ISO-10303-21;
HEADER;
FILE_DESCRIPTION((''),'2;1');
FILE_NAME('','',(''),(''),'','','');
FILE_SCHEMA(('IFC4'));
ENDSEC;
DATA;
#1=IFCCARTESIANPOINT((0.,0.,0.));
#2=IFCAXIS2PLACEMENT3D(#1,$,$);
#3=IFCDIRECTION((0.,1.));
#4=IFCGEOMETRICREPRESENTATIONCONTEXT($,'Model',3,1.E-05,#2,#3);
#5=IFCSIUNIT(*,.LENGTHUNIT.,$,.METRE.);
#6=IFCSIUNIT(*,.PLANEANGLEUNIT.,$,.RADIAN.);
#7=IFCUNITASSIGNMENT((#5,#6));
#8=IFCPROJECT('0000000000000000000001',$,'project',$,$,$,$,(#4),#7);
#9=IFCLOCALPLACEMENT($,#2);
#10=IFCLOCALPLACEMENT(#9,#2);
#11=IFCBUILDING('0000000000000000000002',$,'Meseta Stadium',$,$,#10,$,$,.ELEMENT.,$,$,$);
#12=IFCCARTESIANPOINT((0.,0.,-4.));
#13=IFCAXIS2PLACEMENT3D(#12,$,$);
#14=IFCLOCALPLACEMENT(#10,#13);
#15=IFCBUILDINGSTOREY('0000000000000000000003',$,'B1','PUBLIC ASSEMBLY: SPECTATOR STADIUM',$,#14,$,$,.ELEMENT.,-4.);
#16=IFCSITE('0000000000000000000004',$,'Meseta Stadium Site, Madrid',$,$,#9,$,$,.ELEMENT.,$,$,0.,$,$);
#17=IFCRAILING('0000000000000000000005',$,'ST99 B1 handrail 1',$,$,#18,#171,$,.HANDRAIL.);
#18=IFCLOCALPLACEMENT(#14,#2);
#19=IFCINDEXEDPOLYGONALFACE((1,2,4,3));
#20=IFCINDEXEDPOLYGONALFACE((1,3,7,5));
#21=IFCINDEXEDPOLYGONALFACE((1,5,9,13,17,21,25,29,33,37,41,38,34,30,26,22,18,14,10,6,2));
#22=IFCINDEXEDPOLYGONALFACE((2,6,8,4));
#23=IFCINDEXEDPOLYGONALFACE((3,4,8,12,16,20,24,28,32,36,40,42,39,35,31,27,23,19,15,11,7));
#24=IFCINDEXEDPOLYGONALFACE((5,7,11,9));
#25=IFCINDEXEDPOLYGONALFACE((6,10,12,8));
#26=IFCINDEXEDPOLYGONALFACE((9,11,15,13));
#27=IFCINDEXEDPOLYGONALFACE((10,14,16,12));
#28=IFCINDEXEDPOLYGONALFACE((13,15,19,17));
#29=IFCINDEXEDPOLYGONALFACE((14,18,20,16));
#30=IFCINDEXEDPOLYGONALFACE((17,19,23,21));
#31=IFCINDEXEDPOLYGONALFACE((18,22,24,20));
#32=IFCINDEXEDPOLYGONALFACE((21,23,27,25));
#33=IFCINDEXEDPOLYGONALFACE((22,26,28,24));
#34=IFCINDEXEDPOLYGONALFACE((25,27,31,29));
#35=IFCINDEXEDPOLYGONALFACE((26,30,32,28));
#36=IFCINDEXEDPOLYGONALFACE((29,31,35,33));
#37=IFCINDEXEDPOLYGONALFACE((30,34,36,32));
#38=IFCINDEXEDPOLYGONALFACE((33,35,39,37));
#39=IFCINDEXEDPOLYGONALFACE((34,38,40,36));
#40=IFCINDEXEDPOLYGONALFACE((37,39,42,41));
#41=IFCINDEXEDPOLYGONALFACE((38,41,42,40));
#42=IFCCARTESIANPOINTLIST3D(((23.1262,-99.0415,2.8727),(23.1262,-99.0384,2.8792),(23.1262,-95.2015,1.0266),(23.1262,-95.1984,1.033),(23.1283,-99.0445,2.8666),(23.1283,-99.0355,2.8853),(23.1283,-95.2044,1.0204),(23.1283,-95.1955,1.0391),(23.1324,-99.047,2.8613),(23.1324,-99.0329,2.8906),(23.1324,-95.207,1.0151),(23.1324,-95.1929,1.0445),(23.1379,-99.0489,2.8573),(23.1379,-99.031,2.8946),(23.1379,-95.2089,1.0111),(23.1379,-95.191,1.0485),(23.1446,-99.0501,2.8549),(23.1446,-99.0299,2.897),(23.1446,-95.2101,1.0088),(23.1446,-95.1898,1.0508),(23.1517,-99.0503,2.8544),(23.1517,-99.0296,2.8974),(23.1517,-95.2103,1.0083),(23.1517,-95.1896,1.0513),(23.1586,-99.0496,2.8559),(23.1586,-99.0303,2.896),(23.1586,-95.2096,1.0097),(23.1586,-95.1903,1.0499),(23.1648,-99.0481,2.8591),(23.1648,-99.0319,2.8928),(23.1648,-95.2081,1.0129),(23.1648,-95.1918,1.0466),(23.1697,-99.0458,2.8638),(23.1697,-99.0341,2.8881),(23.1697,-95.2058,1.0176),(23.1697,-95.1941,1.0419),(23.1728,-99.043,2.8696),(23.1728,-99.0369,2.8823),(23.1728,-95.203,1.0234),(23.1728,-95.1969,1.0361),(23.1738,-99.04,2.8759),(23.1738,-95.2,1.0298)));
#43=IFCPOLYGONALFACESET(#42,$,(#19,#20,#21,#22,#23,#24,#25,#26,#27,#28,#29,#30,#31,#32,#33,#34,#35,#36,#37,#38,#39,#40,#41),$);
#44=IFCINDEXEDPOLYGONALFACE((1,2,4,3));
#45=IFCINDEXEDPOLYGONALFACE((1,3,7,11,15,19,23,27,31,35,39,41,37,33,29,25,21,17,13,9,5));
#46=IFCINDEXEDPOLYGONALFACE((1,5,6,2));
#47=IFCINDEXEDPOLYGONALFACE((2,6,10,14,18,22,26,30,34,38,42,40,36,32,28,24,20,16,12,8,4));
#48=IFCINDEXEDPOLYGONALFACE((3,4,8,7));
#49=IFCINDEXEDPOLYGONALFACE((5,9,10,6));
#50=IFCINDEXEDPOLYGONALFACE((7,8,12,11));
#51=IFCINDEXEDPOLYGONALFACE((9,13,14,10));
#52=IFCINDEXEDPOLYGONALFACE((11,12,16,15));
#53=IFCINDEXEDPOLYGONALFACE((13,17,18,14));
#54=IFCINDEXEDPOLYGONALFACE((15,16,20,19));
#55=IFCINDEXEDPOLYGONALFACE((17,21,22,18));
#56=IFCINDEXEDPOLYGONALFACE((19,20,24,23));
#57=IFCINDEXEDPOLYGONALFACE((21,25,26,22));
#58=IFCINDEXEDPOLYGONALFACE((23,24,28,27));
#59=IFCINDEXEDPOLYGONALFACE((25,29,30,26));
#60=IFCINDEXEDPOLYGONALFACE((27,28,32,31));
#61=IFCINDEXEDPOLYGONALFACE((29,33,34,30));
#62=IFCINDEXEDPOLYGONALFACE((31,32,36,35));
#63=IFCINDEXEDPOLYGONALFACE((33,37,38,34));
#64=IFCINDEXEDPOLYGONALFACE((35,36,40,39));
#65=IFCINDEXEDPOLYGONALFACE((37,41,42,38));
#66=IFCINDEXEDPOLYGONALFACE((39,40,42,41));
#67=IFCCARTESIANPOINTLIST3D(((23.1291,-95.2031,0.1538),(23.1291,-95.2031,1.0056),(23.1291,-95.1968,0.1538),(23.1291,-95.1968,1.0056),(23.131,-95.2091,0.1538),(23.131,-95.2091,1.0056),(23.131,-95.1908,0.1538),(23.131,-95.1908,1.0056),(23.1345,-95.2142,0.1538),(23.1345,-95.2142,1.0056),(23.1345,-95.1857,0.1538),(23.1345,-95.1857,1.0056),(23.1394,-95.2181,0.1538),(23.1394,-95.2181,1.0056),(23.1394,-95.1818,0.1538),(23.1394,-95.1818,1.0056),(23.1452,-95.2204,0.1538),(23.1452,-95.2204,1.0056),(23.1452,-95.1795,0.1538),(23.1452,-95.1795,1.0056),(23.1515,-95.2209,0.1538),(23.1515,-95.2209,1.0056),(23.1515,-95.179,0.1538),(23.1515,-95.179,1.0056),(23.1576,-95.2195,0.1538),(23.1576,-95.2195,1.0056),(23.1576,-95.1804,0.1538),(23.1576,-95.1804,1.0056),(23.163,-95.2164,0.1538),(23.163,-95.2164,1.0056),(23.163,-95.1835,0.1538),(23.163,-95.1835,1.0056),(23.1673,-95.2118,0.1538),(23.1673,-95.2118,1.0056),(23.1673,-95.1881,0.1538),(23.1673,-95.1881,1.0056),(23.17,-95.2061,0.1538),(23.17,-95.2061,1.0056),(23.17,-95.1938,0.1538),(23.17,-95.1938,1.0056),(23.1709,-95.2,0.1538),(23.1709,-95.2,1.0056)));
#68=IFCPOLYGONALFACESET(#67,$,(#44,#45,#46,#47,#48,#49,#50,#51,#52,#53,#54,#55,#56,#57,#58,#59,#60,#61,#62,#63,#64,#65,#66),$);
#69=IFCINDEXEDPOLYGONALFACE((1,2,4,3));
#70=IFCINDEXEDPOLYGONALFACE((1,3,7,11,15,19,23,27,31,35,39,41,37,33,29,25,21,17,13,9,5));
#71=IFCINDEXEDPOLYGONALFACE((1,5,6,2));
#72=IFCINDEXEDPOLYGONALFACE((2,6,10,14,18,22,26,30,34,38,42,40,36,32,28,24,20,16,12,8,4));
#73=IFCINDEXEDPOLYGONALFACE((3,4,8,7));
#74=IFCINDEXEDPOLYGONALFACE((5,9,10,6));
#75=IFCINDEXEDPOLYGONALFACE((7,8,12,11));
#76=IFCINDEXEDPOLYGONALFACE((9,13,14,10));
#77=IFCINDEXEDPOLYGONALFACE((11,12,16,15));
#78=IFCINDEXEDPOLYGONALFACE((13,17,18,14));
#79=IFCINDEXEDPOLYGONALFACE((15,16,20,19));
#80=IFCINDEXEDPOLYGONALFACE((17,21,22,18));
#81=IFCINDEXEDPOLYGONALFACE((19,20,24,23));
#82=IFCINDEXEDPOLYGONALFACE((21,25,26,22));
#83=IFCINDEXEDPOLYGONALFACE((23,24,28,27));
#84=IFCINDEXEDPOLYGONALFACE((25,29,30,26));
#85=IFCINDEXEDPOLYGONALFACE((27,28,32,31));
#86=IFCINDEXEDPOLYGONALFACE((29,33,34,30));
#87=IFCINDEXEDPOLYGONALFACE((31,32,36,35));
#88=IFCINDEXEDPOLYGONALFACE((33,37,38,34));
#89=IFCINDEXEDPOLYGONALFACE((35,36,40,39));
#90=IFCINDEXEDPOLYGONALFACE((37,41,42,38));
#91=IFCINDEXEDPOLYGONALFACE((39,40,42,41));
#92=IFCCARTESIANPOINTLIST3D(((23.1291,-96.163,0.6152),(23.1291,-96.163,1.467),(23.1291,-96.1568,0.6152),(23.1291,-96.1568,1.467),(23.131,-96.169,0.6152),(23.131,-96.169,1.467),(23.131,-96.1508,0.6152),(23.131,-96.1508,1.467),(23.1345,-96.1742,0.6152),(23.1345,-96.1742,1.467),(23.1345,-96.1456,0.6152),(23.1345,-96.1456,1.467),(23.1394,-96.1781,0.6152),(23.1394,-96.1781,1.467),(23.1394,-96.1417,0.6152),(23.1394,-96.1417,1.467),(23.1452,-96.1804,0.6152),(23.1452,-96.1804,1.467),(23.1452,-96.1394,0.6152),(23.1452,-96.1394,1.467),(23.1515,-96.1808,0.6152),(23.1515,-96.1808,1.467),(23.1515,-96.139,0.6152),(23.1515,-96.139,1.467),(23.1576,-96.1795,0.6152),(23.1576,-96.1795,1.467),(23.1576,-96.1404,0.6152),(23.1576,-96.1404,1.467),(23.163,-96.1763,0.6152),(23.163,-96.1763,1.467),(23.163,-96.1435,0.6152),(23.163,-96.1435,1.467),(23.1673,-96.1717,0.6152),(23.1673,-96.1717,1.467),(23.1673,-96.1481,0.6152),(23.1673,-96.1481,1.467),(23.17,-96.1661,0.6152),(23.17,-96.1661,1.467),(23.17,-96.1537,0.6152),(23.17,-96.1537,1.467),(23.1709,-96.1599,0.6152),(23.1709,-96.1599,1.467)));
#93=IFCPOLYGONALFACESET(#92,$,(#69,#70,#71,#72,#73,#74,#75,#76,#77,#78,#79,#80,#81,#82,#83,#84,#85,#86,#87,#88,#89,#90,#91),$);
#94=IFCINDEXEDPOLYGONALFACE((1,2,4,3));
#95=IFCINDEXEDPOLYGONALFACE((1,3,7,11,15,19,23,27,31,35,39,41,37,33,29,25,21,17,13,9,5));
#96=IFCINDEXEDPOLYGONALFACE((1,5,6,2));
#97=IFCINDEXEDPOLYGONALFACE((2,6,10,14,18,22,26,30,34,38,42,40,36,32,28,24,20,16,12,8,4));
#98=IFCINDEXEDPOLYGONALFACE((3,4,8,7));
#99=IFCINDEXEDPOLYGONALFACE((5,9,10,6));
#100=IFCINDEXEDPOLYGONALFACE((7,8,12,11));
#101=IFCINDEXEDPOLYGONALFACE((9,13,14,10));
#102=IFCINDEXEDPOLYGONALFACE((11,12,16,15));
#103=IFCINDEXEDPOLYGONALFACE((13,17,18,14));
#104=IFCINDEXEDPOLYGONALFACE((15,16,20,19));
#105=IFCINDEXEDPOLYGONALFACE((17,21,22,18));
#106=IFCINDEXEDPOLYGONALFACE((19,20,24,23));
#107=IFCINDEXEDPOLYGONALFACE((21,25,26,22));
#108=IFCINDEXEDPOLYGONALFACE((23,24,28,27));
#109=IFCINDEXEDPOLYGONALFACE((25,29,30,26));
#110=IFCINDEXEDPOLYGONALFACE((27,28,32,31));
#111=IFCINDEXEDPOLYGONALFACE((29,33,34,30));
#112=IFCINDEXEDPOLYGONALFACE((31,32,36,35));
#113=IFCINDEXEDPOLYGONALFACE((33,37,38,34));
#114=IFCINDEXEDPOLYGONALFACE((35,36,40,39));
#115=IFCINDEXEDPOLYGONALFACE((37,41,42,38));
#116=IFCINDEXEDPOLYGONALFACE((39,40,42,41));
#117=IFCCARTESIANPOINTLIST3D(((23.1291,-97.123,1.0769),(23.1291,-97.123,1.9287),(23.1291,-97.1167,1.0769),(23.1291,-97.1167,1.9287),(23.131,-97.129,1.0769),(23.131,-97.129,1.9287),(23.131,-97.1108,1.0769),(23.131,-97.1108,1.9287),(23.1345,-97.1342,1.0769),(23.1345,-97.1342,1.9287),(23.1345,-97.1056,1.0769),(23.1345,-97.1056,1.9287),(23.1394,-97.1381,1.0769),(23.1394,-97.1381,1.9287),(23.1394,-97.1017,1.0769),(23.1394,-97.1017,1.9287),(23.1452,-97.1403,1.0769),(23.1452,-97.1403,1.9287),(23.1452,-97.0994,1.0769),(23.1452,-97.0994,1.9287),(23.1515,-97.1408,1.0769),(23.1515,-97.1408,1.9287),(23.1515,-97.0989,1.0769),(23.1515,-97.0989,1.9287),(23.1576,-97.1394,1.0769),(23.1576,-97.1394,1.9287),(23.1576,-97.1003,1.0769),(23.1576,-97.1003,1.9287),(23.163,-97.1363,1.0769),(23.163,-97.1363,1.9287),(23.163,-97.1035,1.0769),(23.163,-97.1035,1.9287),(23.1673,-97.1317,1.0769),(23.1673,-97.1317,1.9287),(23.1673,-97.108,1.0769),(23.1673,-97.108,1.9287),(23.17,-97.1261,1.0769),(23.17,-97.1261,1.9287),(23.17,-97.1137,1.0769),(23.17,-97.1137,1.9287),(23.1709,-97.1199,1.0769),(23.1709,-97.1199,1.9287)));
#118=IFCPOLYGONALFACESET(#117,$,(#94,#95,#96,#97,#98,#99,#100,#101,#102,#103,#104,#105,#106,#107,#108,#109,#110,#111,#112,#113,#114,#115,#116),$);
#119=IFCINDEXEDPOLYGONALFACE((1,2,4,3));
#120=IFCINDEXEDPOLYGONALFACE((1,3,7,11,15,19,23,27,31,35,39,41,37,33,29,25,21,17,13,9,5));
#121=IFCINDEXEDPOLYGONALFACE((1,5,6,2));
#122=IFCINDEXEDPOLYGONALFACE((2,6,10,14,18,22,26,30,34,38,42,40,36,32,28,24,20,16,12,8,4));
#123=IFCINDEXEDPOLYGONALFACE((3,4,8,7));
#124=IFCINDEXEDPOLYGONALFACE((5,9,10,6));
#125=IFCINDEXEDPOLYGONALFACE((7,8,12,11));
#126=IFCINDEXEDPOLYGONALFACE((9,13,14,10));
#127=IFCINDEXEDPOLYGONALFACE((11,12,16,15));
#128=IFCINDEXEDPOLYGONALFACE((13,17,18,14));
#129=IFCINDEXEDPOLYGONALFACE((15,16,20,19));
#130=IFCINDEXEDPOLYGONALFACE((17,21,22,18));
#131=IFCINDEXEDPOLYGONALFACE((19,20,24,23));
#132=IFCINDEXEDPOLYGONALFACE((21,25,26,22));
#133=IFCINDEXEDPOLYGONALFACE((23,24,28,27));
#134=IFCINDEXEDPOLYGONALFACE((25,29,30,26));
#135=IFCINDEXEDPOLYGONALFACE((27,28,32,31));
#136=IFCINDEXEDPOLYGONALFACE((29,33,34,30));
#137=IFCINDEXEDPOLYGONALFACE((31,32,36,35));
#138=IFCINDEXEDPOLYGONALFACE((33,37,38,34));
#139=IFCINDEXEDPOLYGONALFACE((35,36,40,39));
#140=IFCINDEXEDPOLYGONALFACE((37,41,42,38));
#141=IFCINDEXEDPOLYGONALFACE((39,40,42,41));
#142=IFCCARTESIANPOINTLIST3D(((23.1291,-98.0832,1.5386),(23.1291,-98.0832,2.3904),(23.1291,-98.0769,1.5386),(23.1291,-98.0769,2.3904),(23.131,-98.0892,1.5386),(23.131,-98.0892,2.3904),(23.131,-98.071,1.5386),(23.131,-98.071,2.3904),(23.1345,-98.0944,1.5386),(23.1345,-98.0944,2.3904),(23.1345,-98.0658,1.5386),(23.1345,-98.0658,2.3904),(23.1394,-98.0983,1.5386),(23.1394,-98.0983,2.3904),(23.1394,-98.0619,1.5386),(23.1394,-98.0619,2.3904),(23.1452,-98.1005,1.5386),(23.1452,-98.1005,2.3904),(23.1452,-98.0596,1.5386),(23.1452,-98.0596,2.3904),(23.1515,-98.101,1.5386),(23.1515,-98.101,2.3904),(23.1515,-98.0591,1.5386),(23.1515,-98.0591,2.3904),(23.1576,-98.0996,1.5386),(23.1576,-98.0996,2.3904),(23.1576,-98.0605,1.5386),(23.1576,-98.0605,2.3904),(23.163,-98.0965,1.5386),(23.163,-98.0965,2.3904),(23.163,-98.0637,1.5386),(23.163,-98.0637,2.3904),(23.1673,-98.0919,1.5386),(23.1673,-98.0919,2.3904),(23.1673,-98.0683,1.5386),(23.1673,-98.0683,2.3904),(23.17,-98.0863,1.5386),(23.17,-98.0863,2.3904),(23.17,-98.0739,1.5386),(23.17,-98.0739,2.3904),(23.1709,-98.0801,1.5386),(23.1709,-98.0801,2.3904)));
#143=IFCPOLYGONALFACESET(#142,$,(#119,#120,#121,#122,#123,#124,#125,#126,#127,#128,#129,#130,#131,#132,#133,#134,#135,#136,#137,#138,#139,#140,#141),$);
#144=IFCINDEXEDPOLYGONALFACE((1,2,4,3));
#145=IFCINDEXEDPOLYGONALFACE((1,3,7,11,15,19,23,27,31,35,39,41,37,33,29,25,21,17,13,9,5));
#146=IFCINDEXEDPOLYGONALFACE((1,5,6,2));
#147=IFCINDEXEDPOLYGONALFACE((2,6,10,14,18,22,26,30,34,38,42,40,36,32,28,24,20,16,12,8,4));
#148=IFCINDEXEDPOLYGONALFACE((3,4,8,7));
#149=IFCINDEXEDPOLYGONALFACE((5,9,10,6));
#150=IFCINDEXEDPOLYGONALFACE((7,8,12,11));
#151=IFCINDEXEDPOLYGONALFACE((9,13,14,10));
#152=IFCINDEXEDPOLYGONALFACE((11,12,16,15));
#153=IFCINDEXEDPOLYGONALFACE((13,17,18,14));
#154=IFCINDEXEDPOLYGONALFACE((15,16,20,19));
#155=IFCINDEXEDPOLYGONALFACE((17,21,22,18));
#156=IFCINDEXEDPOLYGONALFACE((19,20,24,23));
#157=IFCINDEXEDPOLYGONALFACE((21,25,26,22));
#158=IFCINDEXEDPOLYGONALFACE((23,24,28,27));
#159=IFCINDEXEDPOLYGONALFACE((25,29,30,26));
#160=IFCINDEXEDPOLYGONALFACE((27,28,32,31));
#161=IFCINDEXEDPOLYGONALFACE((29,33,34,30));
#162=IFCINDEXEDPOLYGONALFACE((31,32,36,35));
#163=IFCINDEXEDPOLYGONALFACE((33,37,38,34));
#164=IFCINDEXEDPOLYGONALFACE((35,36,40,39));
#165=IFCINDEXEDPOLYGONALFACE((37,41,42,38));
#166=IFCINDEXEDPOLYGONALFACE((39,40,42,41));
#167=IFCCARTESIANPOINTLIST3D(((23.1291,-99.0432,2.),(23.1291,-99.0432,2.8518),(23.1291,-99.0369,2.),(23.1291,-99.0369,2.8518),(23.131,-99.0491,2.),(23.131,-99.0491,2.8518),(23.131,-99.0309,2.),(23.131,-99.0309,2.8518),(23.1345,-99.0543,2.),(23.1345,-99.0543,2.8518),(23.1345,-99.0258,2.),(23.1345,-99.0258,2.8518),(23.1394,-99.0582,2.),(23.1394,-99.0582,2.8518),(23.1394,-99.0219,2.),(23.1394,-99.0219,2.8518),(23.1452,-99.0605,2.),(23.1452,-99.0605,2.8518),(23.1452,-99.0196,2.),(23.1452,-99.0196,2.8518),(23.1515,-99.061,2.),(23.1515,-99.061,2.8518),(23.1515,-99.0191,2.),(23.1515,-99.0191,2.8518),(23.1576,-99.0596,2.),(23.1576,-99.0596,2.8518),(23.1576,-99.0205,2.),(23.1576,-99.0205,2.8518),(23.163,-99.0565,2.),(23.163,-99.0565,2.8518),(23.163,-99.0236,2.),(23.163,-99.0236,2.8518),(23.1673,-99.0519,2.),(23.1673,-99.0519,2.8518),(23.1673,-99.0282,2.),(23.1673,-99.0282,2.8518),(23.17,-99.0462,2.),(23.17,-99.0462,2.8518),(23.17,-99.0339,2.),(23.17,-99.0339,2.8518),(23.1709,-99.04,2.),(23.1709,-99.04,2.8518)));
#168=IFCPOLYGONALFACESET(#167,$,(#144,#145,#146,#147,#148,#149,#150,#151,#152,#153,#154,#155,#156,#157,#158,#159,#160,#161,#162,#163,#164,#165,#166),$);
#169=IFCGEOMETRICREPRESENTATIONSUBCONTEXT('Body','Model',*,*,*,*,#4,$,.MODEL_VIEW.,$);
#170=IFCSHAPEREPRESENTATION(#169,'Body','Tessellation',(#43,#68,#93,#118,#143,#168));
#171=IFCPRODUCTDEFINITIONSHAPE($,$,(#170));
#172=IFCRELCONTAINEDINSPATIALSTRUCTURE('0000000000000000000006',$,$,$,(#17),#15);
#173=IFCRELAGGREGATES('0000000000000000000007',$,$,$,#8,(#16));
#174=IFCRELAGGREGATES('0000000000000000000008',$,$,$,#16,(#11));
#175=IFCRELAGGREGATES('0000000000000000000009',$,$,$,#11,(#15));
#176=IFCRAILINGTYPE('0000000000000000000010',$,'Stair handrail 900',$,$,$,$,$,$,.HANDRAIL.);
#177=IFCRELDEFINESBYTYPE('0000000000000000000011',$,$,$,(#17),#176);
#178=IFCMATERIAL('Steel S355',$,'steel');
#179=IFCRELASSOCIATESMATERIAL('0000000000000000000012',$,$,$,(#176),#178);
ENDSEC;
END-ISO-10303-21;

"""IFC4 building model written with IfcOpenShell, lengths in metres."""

from ifc_helpers import new_model, si_unit, direction, frame, origin, origin_2d, place, context, subcontext, project, spatial, circle, extrude, material, type_object, element, save


model = new_model("IFC4")

# Units and contexts
model_context = context("Model", 3, precision=1e-05, world=origin(), true_north=direction((0.0, 1.0)))
body_context = subcontext(model_context, "Body", "Model", "MODEL_VIEW")
ifc_project = project(units=[si_unit("LENGTHUNIT", "METRE"), si_unit("PLANEANGLEUNIT", "RADIAN")], contexts=[model_context])

# Site, building, storey
site_placement = place(None, origin())
site = spatial("IfcSite", under=ifc_project, at=site_placement, Name="Meseta Stadium Site, Madrid", CompositionType="ELEMENT", RefElevation=0.0)
building_placement = place(site_placement, origin())
building = spatial("IfcBuilding", under=site, at=building_placement, Name="Meseta Stadium", CompositionType="ELEMENT")
storey_placement = place(building_placement, frame((0.0, 0.0, -4.0)))
storey = spatial("IfcBuildingStorey", under=building, at=storey_placement, Name="B1", Description="PUBLIC ASSEMBLY: SPECTATOR STADIUM", CompositionType="ELEMENT", Elevation=-4.0)

# Railing
ifc_material_1 = material(Name="Steel S355", Category="steel")
railing_type_1 = type_object("IfcRailingType", Name="Stair handrail 900", PredefinedType="HANDRAIL", material=ifc_material_1)
railing_1_placement = place(storey_placement, frame((23.1499, -95.2, 0.1538)))
element("IfcRailing", 1, at=railing_1_placement, inside=storey, type_object=railing_type_1, Name="ST99 B1 handrail 1", PredefinedType="HANDRAIL", context=body_context, shape_type="SweptSolid", body=[
    extrude(circle(Radius=0.0239, at=origin_2d()), frame((0.0, 0.0, 0.876), z_axis=(0.0, -0.901253, 0.433294), x_axis=(1.0, 0.0, 0.0)), (0.0, 0.0, 1.0), 4.2607),
    extrude(circle(Radius=0.021, at=origin_2d()), origin(), (0.0, 0.0, 1.0), 0.8518),
    extrude(circle(Radius=0.021, at=origin_2d()), frame((0.0, -0.96, 0.4614)), (0.0, 0.0, 1.0), 0.8518),
    extrude(circle(Radius=0.021, at=origin_2d()), frame((0.0, -1.9199, 0.9231)), (0.0, 0.0, 1.0), 0.8518),
    extrude(circle(Radius=0.021, at=origin_2d()), frame((0.0, -2.8801, 1.3848)), (0.0, 0.0, 1.0), 0.8518),
    extrude(circle(Radius=0.021, at=origin_2d()), frame((0.0, -3.8401, 1.8462)), (0.0, 0.0, 1.0), 0.8518),
])

save(model, "model.ifc")
